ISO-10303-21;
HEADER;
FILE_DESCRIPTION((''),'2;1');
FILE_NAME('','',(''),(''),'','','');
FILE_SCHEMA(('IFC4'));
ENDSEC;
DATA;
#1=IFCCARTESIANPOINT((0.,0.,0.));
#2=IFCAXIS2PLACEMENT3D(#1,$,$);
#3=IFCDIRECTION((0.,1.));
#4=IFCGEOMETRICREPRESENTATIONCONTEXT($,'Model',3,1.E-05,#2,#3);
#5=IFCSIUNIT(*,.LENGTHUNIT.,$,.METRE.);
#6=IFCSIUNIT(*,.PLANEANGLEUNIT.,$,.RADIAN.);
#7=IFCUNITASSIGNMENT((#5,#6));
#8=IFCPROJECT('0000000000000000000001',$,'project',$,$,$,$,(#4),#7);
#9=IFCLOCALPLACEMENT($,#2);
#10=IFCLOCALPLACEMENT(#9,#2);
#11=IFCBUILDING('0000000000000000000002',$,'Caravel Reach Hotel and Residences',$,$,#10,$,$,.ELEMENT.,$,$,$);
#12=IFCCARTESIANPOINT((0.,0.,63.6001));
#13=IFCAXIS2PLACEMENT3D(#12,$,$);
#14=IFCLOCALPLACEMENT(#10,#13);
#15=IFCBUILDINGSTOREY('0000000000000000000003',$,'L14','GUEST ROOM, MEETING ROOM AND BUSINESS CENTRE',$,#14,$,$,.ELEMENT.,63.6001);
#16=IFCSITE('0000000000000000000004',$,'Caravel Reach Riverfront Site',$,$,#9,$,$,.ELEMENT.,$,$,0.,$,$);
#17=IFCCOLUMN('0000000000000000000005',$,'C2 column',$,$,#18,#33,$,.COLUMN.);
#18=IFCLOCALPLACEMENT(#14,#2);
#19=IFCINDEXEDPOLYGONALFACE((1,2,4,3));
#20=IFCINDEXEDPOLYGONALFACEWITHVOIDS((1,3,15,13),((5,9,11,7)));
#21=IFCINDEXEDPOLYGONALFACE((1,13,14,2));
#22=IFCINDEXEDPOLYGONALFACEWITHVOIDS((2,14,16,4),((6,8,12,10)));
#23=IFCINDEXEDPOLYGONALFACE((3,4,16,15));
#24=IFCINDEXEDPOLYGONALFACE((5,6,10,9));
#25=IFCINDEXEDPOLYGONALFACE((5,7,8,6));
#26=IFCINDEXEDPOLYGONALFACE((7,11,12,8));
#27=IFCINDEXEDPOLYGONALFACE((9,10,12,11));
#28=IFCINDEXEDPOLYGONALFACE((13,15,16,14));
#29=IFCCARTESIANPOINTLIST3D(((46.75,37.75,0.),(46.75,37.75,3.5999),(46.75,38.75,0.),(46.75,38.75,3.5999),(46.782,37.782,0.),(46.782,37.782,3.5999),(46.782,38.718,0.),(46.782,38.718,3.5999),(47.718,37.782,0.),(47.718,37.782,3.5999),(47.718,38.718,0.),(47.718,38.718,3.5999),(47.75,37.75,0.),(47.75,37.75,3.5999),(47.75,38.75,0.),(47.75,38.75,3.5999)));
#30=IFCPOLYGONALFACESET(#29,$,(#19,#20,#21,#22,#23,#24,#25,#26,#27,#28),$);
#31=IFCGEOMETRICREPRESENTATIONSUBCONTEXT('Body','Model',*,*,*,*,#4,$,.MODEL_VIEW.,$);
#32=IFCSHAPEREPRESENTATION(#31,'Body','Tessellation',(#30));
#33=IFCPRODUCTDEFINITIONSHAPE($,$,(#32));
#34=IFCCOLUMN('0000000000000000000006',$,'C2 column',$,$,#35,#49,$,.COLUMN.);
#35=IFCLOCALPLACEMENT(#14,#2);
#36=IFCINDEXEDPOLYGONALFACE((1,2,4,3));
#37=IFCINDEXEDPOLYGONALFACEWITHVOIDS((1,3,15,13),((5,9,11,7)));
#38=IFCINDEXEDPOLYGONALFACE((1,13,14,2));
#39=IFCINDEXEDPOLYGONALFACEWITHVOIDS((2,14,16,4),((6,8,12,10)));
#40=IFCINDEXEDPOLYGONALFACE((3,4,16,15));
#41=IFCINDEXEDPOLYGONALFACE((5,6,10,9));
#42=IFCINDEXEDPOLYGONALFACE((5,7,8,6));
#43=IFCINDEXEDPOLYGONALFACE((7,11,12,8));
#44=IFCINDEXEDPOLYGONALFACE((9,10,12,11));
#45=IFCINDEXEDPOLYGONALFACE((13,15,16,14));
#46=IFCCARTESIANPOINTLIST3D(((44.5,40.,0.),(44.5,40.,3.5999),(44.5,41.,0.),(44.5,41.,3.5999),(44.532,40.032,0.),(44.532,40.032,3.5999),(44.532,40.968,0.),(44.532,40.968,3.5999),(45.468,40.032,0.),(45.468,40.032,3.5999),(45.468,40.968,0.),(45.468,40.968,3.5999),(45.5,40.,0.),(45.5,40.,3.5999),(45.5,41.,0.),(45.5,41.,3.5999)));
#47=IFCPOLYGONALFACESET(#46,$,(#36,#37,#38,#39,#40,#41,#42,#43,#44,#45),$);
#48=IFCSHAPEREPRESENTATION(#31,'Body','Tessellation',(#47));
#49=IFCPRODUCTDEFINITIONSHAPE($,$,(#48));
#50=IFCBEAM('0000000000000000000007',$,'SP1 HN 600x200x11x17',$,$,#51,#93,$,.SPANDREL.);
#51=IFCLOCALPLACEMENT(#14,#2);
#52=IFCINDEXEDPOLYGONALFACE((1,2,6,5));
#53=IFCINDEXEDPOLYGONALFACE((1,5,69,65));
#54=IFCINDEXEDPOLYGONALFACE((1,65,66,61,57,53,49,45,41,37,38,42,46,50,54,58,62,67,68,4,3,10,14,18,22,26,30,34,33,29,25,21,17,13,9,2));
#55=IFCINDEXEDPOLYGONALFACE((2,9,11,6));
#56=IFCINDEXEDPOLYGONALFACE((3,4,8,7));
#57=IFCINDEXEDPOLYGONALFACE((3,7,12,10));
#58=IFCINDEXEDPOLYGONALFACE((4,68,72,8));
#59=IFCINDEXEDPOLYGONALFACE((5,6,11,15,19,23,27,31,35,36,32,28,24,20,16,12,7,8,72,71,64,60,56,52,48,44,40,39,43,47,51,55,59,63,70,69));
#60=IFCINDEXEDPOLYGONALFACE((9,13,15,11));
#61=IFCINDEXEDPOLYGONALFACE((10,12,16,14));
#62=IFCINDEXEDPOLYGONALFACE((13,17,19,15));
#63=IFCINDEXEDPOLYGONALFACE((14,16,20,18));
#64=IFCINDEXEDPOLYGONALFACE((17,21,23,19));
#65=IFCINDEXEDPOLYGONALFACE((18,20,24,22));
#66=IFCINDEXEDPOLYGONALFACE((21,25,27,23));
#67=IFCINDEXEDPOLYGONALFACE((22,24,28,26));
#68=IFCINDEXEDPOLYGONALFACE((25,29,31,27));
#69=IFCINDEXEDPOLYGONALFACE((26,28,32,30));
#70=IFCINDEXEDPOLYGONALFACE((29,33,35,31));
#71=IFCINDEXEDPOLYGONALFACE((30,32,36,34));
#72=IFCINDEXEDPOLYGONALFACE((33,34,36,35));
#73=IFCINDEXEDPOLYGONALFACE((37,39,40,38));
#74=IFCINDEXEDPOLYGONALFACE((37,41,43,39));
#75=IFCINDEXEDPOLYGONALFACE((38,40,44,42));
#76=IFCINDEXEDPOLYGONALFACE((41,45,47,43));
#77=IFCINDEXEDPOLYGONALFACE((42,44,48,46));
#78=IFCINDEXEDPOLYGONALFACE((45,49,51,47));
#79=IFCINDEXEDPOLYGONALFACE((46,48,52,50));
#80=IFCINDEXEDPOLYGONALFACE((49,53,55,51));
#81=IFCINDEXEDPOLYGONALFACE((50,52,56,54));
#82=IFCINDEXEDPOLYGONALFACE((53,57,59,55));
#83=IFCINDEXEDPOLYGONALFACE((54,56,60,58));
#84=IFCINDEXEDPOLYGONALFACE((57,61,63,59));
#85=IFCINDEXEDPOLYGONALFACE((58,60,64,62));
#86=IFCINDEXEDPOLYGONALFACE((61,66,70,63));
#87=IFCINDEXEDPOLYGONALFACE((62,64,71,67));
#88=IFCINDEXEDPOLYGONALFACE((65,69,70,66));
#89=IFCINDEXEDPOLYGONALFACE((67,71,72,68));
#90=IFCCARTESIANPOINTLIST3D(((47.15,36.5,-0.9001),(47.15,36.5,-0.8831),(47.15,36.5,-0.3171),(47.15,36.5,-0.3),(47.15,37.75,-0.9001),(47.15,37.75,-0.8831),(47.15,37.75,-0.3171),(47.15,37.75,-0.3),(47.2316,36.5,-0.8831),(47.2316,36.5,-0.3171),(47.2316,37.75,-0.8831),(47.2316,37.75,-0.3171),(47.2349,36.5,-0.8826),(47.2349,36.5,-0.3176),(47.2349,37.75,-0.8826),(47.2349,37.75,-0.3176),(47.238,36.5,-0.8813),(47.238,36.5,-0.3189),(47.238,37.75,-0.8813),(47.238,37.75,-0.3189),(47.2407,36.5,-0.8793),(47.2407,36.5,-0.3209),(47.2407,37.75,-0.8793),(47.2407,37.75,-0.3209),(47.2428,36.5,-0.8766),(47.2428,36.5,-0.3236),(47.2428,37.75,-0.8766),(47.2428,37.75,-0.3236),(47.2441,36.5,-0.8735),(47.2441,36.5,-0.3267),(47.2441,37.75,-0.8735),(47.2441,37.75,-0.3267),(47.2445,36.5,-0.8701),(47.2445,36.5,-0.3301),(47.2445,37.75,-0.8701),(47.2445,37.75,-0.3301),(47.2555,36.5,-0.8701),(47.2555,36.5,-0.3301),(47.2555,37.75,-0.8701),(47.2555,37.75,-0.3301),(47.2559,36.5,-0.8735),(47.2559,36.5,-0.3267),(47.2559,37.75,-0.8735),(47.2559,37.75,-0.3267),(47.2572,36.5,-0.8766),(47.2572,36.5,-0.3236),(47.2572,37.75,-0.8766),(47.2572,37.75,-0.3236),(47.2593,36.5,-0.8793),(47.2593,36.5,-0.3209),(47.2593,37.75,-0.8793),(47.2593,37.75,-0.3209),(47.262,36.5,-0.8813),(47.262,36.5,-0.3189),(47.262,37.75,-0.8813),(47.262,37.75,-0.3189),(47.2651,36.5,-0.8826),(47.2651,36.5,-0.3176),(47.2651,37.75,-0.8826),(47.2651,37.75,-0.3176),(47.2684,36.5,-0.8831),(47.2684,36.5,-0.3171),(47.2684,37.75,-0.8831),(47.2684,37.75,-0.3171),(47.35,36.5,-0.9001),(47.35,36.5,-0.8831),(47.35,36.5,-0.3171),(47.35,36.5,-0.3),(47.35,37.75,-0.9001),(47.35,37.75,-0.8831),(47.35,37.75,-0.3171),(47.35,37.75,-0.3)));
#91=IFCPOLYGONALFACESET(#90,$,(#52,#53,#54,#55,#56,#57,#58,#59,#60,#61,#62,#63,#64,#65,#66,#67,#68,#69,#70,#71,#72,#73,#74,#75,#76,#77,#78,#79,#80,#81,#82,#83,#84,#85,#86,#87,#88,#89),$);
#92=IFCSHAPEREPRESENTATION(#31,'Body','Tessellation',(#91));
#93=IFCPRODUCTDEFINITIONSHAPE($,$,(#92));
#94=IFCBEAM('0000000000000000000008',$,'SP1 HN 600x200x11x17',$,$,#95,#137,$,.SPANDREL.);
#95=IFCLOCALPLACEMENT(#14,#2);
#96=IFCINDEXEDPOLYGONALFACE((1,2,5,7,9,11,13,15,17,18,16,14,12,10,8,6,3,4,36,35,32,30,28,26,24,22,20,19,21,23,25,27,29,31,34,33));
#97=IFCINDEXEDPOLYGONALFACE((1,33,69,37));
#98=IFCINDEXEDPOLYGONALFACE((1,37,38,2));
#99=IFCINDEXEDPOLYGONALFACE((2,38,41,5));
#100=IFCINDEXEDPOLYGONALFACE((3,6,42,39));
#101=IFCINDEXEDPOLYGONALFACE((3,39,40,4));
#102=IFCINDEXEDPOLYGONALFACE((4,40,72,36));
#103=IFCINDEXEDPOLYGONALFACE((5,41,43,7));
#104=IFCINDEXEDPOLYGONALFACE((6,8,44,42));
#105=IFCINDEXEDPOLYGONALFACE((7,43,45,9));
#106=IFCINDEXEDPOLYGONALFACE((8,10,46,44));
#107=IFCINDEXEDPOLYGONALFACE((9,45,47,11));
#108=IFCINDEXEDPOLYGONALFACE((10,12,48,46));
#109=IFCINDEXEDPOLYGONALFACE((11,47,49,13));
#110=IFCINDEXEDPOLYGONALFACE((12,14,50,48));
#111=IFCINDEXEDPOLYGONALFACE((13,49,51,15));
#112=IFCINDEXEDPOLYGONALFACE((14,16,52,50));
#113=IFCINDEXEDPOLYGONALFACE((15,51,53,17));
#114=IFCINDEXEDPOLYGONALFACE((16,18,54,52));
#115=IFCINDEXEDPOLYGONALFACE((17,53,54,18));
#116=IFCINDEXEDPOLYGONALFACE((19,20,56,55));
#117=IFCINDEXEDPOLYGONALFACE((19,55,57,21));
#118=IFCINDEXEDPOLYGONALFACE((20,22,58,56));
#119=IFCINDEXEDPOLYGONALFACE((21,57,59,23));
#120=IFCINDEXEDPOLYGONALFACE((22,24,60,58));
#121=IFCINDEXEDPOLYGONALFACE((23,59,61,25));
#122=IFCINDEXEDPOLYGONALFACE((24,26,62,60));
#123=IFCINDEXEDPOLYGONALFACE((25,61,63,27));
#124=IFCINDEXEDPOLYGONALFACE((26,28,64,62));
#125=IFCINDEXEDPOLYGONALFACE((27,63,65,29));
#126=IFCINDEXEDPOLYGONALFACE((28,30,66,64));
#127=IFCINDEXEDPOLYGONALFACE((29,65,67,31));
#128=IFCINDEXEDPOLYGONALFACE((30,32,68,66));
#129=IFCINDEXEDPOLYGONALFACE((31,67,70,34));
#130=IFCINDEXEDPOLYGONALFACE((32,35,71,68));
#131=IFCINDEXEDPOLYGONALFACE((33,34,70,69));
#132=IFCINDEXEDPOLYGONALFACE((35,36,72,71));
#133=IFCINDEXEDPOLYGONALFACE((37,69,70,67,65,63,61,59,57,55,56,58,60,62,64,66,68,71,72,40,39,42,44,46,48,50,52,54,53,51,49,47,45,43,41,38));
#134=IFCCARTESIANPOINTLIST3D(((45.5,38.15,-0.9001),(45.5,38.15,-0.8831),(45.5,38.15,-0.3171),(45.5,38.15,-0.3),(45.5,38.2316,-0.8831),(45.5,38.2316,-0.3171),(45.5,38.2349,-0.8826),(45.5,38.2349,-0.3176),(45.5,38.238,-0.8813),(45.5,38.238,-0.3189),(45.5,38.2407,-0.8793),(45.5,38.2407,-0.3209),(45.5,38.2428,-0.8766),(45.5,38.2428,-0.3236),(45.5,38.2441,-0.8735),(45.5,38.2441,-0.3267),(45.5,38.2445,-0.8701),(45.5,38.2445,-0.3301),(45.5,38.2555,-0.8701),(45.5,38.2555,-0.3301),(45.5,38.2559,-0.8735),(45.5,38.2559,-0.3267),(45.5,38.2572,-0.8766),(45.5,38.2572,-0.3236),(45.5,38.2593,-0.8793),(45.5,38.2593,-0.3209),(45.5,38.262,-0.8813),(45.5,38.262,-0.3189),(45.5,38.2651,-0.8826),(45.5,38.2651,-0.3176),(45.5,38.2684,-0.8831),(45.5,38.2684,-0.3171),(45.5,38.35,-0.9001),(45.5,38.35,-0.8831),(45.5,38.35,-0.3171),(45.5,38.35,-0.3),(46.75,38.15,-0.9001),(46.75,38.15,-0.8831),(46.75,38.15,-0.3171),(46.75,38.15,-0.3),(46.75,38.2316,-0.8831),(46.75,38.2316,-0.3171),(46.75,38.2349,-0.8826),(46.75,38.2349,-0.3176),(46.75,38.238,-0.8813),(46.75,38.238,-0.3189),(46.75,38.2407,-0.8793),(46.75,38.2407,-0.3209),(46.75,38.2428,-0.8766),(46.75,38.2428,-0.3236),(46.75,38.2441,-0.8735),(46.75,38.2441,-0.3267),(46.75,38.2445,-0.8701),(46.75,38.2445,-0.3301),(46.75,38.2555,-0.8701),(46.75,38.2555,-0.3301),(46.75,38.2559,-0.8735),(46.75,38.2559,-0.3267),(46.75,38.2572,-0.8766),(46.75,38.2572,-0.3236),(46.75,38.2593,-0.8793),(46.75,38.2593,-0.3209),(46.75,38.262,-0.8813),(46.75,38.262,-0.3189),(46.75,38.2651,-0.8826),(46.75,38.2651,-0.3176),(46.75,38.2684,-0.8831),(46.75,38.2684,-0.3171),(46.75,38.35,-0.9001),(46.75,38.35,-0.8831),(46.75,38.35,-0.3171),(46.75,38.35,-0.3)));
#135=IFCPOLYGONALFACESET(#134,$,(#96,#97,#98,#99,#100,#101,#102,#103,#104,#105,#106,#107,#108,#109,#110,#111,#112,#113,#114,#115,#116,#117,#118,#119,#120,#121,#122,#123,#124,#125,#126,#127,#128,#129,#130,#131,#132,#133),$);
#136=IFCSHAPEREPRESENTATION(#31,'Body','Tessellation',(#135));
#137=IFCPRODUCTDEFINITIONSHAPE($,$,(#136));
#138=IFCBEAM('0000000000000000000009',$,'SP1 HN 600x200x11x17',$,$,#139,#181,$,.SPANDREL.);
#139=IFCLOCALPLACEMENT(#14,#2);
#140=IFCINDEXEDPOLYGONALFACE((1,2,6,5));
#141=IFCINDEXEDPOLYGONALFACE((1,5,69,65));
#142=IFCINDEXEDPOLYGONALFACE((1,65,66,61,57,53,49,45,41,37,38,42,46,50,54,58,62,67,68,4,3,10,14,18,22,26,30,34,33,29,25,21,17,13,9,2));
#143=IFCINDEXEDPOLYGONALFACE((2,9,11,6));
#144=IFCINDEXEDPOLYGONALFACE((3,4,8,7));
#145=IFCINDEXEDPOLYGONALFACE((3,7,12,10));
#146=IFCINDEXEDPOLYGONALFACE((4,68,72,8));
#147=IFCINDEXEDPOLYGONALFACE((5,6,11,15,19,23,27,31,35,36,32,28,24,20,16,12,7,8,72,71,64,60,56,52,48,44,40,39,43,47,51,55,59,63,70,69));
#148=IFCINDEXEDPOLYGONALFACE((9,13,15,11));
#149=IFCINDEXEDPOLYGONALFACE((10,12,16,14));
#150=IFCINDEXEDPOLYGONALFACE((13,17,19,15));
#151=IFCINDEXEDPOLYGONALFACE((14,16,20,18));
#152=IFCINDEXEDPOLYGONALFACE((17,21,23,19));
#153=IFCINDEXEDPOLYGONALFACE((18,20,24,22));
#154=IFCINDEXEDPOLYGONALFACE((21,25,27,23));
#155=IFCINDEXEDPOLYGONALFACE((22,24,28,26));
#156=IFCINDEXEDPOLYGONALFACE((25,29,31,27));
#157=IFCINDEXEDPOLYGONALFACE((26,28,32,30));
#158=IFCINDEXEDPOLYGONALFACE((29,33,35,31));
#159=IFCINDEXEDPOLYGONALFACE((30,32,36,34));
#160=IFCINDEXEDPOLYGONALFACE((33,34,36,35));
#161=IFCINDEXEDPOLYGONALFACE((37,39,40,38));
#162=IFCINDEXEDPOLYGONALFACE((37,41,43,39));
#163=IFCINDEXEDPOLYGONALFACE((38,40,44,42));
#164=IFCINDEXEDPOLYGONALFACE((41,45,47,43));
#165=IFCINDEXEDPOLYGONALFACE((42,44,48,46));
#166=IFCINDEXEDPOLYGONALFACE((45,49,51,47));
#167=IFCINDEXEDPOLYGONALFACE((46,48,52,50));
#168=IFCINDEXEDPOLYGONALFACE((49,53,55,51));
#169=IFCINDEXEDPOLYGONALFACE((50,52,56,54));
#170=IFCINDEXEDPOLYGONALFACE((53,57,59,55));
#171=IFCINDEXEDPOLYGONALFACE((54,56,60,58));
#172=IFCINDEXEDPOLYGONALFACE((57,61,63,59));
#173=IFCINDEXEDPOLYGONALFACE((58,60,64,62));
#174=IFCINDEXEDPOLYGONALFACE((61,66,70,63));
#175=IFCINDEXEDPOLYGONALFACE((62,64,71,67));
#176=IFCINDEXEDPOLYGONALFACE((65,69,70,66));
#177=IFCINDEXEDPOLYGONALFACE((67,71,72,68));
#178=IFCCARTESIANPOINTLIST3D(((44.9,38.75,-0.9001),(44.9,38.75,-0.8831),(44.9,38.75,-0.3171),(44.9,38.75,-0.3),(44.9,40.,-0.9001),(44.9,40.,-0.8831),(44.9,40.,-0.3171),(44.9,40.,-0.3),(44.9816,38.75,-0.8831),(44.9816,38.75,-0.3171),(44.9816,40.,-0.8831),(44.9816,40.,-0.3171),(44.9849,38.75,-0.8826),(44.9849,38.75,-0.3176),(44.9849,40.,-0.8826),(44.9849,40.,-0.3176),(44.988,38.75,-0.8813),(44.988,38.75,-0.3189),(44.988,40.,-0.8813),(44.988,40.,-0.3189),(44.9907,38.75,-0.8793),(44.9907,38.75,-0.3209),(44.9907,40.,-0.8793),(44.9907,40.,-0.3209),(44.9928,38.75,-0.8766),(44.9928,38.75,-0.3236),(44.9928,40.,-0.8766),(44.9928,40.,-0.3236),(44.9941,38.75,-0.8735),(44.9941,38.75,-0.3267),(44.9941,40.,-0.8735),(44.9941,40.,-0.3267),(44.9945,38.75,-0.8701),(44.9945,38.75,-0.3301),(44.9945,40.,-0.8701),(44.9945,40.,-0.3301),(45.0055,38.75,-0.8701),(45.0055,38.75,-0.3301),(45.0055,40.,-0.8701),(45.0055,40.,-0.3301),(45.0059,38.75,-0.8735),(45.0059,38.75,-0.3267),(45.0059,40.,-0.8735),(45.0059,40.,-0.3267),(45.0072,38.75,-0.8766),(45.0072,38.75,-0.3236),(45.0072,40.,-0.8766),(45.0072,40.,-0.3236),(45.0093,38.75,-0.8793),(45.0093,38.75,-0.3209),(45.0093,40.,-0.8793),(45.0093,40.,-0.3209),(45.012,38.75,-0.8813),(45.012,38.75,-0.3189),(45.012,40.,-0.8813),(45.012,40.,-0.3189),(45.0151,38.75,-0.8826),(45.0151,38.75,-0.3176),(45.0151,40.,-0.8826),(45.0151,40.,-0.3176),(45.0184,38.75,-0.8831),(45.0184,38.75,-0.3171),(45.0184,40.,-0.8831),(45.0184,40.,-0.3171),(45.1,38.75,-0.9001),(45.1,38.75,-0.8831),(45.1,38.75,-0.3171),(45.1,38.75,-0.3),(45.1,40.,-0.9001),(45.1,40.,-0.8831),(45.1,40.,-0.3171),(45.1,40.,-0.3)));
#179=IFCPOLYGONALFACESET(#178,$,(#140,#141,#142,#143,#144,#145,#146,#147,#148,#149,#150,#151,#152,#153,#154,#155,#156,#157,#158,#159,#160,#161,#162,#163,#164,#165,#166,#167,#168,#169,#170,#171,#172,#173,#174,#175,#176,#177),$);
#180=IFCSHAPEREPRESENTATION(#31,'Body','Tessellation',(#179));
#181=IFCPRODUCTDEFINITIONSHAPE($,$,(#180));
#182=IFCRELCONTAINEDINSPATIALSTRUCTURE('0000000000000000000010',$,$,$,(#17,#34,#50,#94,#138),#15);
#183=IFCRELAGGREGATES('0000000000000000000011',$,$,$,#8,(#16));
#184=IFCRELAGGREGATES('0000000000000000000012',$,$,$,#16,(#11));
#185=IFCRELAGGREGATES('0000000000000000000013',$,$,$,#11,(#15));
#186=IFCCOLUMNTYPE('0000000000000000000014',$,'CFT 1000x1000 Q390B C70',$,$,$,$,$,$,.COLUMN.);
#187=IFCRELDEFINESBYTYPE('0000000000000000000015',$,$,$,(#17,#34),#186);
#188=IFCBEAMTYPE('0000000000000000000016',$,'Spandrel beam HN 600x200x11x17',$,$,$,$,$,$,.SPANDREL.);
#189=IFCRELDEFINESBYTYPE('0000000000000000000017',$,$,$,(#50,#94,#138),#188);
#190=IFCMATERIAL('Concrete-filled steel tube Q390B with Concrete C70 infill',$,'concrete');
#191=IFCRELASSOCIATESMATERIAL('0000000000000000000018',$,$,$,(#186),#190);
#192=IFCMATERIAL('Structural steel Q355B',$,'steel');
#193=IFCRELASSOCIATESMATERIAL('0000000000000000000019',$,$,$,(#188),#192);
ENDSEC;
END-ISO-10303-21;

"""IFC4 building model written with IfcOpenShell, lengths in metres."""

from ifc_helpers import new_model, si_unit, direction, frame, origin, origin_2d, place, context, subcontext, project, spatial, hollow_rectangle, i_section, extrude, material, material_profile, profile_set, type_object, element, save


model = new_model("IFC4")

# Units and contexts
model_context = context("Model", 3, precision=1e-05, world=origin(), true_north=direction((0.0, 1.0)))
body_context = subcontext(model_context, "Body", "Model", "MODEL_VIEW")
ifc_project = project(units=[si_unit("LENGTHUNIT", "METRE"), si_unit("PLANEANGLEUNIT", "RADIAN")], contexts=[model_context])

# Site, building, storey
site_placement = place(None, origin())
site = spatial("IfcSite", under=ifc_project, at=site_placement, Name="Caravel Reach Riverfront Site", CompositionType="ELEMENT", RefElevation=0.0)
building_placement = place(site_placement, origin())
building = spatial("IfcBuilding", under=site, at=building_placement, Name="Caravel Reach Hotel and Residences", CompositionType="ELEMENT")
storey_placement = place(building_placement, frame((0.0, 0.0, 63.6001)))
storey = spatial("IfcBuildingStorey", under=building, at=storey_placement, Name="L14", Description="GUEST ROOM, MEETING ROOM AND BUSINESS CENTRE", CompositionType="ELEMENT", Elevation=63.6001)

# Columns
ifc_material_1 = material(Name="Concrete-filled steel tube Q390B with Concrete C70 infill", Category="concrete")
ifc_material_profile_1 = material_profile(ifc_material_1, hollow_rectangle(XDim=1.0, YDim=1.0, WallThickness=0.032, at=origin_2d()), Name="RHS 1000x1000x32")
ifc_profile_set_1 = profile_set([ifc_material_profile_1], Name="Concrete-filled steel tube Q390B with Concrete C70 infill")
column_type = type_object("IfcColumnType", Name="CFT 1000x1000 Q390B C70", PredefinedType="COLUMN", material=ifc_profile_set_1)
for number, where, z_axis, x_axis, name in (
    (1, (47.25, 38.25, 0.0), (0.0, 0.0, 1.0), (1.0, 0.0, 0.0), "C2 column"),
    (2, (45.0, 40.5, 0.0), (0.0, 0.0, 1.0), (1.0, 0.0, 0.0), "C2 column"),
):
    element("IfcColumn", number, at=place(storey_placement, frame(where, z_axis=z_axis, x_axis=x_axis)), inside=storey, type_object=column_type, Name=name, PredefinedType="COLUMN", context=body_context, shape_type="SweptSolid", body=[
        extrude(hollow_rectangle(XDim=1.0, YDim=1.0, WallThickness=0.032, at=origin_2d()), origin(), (0.0, 0.0, 1.0), 3.5999),
    ])

# Beams
ifc_material_2 = material(Name="Structural steel Q355B", Category="steel")
ifc_material_profile_2 = material_profile(ifc_material_2, i_section(OverallWidth=0.2, OverallDepth=0.6001, WebThickness=0.011, FlangeThickness=0.0171, FilletRadius=0.0129, at=origin_2d()), Name="HN 600x200x11x17")
ifc_profile_set_2 = profile_set([ifc_material_profile_2], Name="Structural steel Q355B")
beam_type = type_object("IfcBeamType", Name="Spandrel beam HN 600x200x11x17", PredefinedType="SPANDREL", material=ifc_profile_set_2)
for number, where, z_axis, x_axis, name in (
    (3, (47.25, 36.5, -0.6001), (0.0, 1.0, 0.0), (-1.0, 0.0, 0.0), "SP1 HN 600x200x11x17"),
    (4, (46.75, 38.25, -0.6001), (-1.0, 0.0, 0.0), (0.0, -1.0, 0.0), "SP1 HN 600x200x11x17"),
    (5, (45.0, 38.75, -0.6001), (0.0, 1.0, 0.0), (-1.0, 0.0, 0.0), "SP1 HN 600x200x11x17"),
):
    element("IfcBeam", number, at=place(storey_placement, frame(where, z_axis=z_axis, x_axis=x_axis)), inside=storey, type_object=beam_type, Name=name, PredefinedType="SPANDREL", context=body_context, shape_type="SweptSolid", body=[
        extrude(i_section(OverallWidth=0.2, OverallDepth=0.6001, WebThickness=0.011, FlangeThickness=0.0171, FilletRadius=0.0129, at=origin_2d()), origin(), (0.0, 0.0, 1.0), 1.25),
    ])

save(model, "model.ifc")
